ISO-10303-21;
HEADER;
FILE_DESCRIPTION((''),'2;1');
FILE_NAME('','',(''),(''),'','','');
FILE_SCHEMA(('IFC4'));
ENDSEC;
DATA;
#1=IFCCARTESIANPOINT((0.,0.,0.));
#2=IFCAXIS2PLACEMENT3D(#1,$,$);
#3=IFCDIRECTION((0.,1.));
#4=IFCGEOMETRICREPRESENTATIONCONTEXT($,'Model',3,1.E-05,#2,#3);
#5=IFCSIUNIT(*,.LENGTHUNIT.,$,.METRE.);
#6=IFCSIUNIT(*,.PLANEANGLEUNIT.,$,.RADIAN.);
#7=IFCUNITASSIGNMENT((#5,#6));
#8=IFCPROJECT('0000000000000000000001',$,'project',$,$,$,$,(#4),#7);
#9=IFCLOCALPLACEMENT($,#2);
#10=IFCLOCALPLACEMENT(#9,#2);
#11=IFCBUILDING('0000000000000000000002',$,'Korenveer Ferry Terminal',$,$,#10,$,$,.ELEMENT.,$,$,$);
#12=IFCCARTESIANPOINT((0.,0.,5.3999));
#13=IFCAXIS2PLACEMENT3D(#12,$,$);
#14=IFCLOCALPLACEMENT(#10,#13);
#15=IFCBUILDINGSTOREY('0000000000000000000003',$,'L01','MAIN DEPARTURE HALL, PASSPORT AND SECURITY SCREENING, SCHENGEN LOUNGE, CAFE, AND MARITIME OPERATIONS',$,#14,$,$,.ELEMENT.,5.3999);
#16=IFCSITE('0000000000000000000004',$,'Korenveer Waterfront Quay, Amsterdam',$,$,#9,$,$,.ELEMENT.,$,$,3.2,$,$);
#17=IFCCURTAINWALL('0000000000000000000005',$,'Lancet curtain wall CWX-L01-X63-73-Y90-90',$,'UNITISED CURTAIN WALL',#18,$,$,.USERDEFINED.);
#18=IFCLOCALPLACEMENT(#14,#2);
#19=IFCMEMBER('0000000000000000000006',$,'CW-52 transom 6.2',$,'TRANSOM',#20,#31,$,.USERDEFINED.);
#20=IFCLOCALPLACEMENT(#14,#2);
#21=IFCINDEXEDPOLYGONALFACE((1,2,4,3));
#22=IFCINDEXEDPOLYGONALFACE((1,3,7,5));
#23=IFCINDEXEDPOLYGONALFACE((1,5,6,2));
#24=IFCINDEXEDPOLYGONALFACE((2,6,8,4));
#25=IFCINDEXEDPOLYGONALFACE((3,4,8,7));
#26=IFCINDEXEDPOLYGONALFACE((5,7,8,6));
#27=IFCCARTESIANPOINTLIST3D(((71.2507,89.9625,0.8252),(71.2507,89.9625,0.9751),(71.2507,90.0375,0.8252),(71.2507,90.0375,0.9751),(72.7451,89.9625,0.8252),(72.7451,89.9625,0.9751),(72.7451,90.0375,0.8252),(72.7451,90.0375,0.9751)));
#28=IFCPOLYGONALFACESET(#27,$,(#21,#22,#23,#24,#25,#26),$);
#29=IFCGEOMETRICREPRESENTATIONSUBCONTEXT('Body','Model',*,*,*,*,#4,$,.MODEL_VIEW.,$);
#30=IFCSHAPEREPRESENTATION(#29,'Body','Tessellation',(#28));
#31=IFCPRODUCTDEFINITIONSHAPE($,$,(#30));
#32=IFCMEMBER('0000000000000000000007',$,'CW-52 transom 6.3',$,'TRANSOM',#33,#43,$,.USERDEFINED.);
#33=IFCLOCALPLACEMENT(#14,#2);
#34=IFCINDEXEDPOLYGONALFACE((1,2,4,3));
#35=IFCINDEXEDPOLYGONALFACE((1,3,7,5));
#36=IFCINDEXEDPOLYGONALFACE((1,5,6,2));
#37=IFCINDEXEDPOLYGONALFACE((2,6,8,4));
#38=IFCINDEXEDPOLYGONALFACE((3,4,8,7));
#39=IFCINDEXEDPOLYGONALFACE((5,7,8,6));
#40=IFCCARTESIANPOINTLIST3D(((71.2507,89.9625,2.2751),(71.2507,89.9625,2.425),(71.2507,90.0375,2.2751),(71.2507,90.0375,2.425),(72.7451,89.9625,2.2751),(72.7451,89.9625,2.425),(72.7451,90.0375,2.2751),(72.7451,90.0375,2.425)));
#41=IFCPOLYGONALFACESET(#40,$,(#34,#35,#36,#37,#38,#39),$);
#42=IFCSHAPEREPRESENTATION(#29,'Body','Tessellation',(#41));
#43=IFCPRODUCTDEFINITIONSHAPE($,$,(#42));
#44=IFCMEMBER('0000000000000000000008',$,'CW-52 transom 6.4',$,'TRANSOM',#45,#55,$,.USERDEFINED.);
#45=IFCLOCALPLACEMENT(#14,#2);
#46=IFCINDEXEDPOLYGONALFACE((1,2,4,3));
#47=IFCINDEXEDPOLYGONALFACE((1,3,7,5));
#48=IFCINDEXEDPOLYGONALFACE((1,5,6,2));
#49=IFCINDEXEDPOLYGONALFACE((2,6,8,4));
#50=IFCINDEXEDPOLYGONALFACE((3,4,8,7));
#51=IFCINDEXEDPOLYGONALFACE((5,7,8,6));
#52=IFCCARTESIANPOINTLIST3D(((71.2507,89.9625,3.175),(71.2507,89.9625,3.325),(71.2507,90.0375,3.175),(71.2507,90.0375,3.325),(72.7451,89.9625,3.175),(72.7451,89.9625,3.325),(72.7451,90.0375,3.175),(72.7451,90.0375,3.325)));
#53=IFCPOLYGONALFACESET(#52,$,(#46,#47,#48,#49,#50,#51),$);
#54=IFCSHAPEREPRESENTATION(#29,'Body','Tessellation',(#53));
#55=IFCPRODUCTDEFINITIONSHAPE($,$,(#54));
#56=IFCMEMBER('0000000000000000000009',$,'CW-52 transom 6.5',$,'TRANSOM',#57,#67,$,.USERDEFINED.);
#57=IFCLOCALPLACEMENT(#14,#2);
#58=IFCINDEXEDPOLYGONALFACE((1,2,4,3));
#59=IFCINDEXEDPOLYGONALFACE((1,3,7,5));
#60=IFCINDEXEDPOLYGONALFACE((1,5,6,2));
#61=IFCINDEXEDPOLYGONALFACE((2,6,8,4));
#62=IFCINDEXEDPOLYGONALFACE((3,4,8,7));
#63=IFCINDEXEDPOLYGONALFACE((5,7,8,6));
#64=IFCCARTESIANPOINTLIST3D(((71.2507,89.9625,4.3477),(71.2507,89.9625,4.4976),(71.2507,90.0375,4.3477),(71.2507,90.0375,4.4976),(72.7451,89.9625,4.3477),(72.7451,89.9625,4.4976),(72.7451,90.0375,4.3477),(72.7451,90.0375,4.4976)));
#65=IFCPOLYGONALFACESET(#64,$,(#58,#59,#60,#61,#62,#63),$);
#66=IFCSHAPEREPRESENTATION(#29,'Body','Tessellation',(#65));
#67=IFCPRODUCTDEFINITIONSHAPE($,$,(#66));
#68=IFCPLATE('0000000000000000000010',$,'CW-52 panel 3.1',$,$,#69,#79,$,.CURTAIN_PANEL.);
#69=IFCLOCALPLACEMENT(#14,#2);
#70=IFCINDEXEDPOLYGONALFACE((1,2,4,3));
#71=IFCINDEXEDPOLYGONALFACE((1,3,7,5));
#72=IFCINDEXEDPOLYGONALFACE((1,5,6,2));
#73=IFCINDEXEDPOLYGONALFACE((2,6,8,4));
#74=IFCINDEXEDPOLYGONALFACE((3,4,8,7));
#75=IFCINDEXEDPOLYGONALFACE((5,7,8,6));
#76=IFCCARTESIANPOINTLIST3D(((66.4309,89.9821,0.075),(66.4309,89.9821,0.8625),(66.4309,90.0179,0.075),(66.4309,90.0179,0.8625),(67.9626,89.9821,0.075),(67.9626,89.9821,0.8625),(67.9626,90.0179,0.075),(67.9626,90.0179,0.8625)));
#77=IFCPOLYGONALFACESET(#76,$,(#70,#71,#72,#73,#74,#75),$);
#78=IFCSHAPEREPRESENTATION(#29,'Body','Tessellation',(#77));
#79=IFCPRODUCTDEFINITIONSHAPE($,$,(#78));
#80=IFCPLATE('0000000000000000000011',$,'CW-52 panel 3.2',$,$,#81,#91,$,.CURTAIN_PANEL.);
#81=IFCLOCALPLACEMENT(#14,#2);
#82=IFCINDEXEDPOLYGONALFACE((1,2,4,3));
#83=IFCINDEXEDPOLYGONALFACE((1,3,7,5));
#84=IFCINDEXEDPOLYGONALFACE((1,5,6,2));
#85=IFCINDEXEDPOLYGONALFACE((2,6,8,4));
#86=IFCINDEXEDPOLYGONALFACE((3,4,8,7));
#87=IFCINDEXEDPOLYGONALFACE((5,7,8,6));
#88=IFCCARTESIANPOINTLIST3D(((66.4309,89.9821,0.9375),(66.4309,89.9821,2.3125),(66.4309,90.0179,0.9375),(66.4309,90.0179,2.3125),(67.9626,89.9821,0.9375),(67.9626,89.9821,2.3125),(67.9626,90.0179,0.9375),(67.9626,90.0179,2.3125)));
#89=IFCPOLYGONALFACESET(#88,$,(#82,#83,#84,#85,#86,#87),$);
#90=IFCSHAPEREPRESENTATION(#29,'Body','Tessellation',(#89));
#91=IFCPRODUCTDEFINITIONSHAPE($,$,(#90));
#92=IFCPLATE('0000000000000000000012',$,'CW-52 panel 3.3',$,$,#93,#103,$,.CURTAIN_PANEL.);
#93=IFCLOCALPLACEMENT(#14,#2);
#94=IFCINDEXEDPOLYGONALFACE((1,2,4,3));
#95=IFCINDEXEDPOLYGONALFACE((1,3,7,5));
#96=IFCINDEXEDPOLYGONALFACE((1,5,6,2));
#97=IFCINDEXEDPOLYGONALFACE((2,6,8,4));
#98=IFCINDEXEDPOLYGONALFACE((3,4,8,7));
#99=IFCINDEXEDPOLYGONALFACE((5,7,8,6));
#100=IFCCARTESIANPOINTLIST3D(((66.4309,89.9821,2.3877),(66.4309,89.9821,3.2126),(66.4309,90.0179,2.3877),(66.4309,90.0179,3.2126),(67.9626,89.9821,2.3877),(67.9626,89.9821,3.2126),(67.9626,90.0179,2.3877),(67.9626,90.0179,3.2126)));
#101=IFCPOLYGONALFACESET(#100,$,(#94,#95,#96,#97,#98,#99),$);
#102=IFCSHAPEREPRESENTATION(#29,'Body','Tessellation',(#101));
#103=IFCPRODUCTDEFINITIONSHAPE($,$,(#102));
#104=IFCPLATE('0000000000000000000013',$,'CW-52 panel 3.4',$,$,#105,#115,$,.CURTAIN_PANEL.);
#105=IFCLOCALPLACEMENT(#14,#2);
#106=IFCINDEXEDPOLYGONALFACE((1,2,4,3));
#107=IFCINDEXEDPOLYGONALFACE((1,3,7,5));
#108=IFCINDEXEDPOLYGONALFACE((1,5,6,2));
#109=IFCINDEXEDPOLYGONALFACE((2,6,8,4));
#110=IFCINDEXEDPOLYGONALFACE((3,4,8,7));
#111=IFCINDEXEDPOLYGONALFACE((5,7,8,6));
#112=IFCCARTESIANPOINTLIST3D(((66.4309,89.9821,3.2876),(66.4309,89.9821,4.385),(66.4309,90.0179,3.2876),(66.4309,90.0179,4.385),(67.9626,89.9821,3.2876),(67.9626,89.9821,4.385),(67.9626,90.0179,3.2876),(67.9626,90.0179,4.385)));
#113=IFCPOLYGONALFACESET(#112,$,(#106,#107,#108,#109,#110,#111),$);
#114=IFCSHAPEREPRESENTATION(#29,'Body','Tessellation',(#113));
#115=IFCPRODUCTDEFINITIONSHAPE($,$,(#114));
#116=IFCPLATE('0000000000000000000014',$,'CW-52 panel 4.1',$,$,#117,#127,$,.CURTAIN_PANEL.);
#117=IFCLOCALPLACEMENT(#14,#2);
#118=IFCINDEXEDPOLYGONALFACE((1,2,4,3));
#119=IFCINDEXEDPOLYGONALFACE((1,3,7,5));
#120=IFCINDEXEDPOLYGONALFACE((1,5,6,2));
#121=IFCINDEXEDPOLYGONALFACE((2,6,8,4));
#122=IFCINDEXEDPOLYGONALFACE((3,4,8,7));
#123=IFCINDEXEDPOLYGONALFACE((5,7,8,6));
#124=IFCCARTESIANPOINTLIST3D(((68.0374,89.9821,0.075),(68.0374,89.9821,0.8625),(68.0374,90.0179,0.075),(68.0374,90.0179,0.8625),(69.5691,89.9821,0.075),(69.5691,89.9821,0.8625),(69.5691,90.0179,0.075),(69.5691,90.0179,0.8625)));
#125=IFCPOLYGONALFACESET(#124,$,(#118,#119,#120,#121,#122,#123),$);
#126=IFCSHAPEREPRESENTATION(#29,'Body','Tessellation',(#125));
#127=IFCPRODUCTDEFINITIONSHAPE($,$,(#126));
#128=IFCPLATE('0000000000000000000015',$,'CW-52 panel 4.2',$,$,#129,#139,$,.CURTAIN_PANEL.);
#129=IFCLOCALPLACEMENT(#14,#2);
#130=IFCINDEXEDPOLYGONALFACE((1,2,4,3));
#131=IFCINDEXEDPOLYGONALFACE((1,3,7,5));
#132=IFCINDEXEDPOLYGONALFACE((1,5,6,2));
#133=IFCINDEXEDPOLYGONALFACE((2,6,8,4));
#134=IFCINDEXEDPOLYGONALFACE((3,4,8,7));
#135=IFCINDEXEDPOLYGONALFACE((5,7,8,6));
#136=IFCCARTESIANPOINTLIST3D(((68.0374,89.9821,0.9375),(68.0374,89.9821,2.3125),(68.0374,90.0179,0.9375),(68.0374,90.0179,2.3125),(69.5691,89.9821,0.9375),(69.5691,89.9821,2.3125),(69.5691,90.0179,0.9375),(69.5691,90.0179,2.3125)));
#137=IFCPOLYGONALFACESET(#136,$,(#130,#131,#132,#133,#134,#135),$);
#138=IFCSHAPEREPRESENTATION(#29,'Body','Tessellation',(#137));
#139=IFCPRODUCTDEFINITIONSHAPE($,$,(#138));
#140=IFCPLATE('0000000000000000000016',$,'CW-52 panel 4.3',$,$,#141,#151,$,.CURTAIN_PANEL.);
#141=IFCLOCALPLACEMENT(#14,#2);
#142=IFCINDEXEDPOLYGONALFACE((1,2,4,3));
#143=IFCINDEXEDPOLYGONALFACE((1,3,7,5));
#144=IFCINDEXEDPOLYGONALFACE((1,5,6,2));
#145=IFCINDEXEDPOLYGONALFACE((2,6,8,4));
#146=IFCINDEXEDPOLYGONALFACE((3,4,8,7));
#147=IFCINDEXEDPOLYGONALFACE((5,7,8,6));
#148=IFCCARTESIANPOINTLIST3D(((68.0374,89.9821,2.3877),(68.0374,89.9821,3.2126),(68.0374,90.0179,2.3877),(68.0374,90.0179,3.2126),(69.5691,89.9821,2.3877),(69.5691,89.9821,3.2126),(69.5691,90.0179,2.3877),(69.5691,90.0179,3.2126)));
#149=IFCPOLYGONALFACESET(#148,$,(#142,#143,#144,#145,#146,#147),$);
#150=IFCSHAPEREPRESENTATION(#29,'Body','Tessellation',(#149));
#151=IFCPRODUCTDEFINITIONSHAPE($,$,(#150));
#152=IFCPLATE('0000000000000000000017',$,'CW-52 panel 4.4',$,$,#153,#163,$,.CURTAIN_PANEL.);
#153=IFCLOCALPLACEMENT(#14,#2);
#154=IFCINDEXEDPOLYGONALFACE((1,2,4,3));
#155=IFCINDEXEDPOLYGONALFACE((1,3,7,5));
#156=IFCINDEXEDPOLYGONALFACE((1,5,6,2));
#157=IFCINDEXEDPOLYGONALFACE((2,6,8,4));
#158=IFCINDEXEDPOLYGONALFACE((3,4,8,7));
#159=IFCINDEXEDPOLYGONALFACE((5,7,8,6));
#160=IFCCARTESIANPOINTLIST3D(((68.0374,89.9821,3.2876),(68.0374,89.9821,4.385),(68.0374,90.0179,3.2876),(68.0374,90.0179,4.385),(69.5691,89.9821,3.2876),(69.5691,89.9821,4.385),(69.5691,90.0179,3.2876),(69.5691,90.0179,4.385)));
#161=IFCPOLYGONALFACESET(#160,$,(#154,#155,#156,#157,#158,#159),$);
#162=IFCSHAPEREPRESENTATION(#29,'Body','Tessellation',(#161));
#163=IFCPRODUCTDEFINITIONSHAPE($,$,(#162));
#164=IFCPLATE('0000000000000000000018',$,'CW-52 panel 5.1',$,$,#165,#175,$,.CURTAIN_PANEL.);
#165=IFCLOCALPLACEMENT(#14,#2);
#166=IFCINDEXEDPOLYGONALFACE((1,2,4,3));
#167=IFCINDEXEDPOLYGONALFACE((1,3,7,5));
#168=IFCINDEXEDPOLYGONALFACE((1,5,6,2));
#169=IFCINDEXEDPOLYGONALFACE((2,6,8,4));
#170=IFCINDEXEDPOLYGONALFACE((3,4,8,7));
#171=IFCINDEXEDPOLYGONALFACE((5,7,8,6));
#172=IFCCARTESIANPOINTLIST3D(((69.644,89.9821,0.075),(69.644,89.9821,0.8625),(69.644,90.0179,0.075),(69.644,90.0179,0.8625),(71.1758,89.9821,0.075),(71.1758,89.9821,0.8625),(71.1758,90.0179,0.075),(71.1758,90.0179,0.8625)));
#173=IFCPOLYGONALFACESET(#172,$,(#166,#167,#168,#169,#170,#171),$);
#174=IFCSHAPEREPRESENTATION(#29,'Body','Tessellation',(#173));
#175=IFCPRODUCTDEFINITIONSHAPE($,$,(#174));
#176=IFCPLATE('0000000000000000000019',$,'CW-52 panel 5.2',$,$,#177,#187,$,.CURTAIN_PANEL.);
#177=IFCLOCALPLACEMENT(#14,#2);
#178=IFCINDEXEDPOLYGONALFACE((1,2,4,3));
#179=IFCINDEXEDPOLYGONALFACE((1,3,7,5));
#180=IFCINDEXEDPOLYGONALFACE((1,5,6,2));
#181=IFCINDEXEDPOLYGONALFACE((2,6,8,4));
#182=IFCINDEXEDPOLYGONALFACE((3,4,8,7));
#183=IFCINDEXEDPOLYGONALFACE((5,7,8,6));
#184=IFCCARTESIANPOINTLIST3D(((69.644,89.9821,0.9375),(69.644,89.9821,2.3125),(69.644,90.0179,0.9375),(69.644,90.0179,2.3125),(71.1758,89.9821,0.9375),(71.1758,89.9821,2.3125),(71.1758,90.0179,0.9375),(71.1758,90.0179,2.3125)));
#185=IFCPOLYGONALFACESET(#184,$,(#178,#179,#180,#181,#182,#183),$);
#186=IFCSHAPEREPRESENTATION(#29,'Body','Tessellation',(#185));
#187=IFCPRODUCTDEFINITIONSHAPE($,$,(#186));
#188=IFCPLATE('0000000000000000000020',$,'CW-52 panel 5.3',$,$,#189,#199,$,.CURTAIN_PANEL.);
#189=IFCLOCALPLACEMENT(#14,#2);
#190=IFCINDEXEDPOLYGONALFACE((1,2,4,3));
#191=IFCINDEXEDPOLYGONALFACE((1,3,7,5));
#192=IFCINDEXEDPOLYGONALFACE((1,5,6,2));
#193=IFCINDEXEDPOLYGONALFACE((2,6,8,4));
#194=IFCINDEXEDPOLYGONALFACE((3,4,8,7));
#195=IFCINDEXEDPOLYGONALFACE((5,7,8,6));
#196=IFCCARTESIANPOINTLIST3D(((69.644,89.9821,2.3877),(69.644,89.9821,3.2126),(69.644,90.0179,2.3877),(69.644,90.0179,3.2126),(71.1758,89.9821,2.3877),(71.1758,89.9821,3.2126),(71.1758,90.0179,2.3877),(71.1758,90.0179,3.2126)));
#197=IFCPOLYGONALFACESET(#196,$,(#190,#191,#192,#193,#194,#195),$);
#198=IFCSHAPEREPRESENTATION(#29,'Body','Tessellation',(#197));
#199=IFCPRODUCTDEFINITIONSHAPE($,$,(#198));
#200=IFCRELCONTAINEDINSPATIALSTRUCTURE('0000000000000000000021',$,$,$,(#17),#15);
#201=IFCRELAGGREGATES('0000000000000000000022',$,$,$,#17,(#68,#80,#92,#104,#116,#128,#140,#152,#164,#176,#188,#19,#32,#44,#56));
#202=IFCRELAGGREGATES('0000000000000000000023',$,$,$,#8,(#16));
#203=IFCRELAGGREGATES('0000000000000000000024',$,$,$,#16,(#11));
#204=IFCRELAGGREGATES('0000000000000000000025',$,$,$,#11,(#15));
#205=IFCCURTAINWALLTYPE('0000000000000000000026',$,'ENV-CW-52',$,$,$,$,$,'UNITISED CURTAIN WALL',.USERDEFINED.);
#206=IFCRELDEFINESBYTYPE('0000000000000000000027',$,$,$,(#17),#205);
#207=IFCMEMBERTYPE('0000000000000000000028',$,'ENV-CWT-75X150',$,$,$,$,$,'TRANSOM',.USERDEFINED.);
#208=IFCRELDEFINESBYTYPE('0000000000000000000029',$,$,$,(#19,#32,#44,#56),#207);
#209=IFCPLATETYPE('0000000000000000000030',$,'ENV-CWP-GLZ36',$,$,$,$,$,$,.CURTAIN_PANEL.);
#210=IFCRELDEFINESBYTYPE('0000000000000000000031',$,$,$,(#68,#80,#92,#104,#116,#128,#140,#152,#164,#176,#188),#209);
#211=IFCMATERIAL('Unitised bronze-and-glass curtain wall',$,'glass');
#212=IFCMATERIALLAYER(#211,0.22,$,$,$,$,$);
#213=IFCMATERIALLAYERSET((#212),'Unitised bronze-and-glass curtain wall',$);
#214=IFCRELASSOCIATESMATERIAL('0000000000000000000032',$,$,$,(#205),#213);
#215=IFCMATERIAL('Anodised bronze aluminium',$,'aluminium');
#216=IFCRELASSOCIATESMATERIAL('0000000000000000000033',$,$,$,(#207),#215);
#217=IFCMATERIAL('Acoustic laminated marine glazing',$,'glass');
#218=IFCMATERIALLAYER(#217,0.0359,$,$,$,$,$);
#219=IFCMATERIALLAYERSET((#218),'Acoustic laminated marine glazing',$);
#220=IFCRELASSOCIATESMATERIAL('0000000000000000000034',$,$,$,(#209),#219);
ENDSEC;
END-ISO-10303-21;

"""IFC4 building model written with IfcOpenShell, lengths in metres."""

from ifc_helpers import new_model, si_unit, direction, frame, origin, origin_2d, place, context, subcontext, project, spatial, rectangle, extrude, material, layer, layer_set, material_profile, profile_set, type_object, element, aggregate, save


model = new_model("IFC4")

# Units and contexts
model_context = context("Model", 3, precision=1e-05, world=origin(), true_north=direction((0.0, 1.0)))
body_context = subcontext(model_context, "Body", "Model", "MODEL_VIEW")
ifc_project = project(units=[si_unit("LENGTHUNIT", "METRE"), si_unit("PLANEANGLEUNIT", "RADIAN")], contexts=[model_context])

# Site, building, storey
site_placement = place(None, origin())
site = spatial("IfcSite", under=ifc_project, at=site_placement, Name="Korenveer Waterfront Quay, Amsterdam", CompositionType="ELEMENT", RefElevation=3.2)
building_placement = place(site_placement, origin())
building = spatial("IfcBuilding", under=site, at=building_placement, Name="Korenveer Ferry Terminal", CompositionType="ELEMENT")
storey_placement = place(building_placement, frame((0.0, 0.0, 5.3999)))
storey = spatial("IfcBuildingStorey", under=building, at=storey_placement, Name="L01", Description="MAIN DEPARTURE HALL, PASSPORT AND SECURITY SCREENING, SCHENGEN LOUNGE, CAFE, AND MARITIME OPERATIONS", CompositionType="ELEMENT", Elevation=5.3999)

# Curtain wall, members, plates
ifc_material_1 = material(Name="Unitised bronze-and-glass curtain wall", Category="glass")
ifc_layer_1 = layer(ifc_material_1, 0.22)
ifc_layer_set_1 = layer_set([ifc_layer_1], Name="Unitised bronze-and-glass curtain wall")
curtain_wall_type = type_object("IfcCurtainWallType", Name="ENV-CW-52", ElementType="UNITISED CURTAIN WALL", PredefinedType="USERDEFINED", material=ifc_layer_set_1)
curtain_wall_placement = place(storey_placement, frame((63.1799, 90.0, 0.0)))
curtain_wall = element("IfcCurtainWall", 1, at=curtain_wall_placement, inside=storey, type_object=curtain_wall_type, Name="Lancet curtain wall CWX-L01-X63-73-Y90-90", ObjectType="UNITISED CURTAIN WALL", PredefinedType="USERDEFINED")
ifc_material_2 = material(Name="Anodised bronze aluminium", Category="aluminium")
ifc_material_profile_1 = material_profile(ifc_material_2, rectangle(XDim=0.075, YDim=0.1499, at=origin_2d()), Name="ALU 75x150")
ifc_profile_set_1 = profile_set([ifc_material_profile_1], Name="Anodised bronze aluminium")
member_type_1 = type_object("IfcMemberType", Name="ENV-CWT-75X150", ElementType="TRANSOM", PredefinedType="USERDEFINED", material=ifc_profile_set_1)
member_1_placement = place(storey_placement, frame((71.2507, 90.0, 0.9001), z_axis=(1.0, 0.0, 0.0), x_axis=(0.0, 1.0, 0.0)))
member_1 = element("IfcMember", 2, at=member_1_placement, type_object=member_type_1, Name="CW-52 transom 6.2", ObjectType="TRANSOM", PredefinedType="USERDEFINED", context=body_context, shape_type="SweptSolid", body=[
    extrude(rectangle(XDim=0.075, YDim=0.1499, at=origin_2d()), origin(), (0.0, 0.0, 1.0), 1.4944),
])
member_2_placement = place(storey_placement, frame((71.2507, 90.0, 2.3501), z_axis=(1.0, 0.0, 0.0), x_axis=(0.0, 1.0, 0.0)))
member_2 = element("IfcMember", 3, at=member_2_placement, type_object=member_type_1, Name="CW-52 transom 6.3", ObjectType="TRANSOM", PredefinedType="USERDEFINED", context=body_context, shape_type="SweptSolid", body=[
    extrude(rectangle(XDim=0.075, YDim=0.1499, at=origin_2d()), origin(), (0.0, 0.0, 1.0), 1.4944),
])
member_3_placement = place(storey_placement, frame((71.2507, 90.0, 3.25), z_axis=(1.0, 0.0, 0.0), x_axis=(0.0, 1.0, 0.0)))
member_3 = element("IfcMember", 4, at=member_3_placement, type_object=member_type_1, Name="CW-52 transom 6.4", ObjectType="TRANSOM", PredefinedType="USERDEFINED", context=body_context, shape_type="SweptSolid", body=[
    extrude(rectangle(XDim=0.075, YDim=0.1499, at=origin_2d()), origin(), (0.0, 0.0, 1.0), 1.4944),
])
member_4_placement = place(storey_placement, frame((71.2507, 90.0, 4.4226), z_axis=(1.0, 0.0, 0.0), x_axis=(0.0, 1.0, 0.0)))
member_4 = element("IfcMember", 5, at=member_4_placement, type_object=member_type_1, Name="CW-52 transom 6.5", ObjectType="TRANSOM", PredefinedType="USERDEFINED", context=body_context, shape_type="SweptSolid", body=[
    extrude(rectangle(XDim=0.075, YDim=0.1499, at=origin_2d()), origin(), (0.0, 0.0, 1.0), 1.4944),
])
ifc_material_3 = material(Name="Acoustic laminated marine glazing", Category="glass")
ifc_layer_2 = layer(ifc_material_3, 0.0359)
ifc_layer_set_2 = layer_set([ifc_layer_2], Name="Acoustic laminated marine glazing")
plate_type = type_object("IfcPlateType", Name="ENV-CWP-GLZ36", PredefinedType="CURTAIN_PANEL", material=ifc_layer_set_2)
plate_1_placement = place(storey_placement, frame((67.1968, 90.0, 0.075), z_axis=(0.0, 0.0, 1.0), x_axis=(1.0, 0.0, 0.0)))
plate_1 = element("IfcPlate", 6, at=plate_1_placement, type_object=plate_type, Name="CW-52 panel 3.1", PredefinedType="CURTAIN_PANEL", context=body_context, shape_type="SweptSolid", body=[
    extrude(rectangle(XDim=1.5317, YDim=0.0359, at=origin_2d()), origin(), (0.0, 0.0, 1.0), 0.7876),
])
plate_2_placement = place(storey_placement, frame((67.1968, 90.0, 0.9375), z_axis=(0.0, 0.0, 1.0), x_axis=(1.0, 0.0, 0.0)))
plate_2 = element("IfcPlate", 7, at=plate_2_placement, type_object=plate_type, Name="CW-52 panel 3.2", PredefinedType="CURTAIN_PANEL", context=body_context, shape_type="SweptSolid", body=[
    extrude(rectangle(XDim=1.5317, YDim=0.0359, at=origin_2d()), origin(), (0.0, 0.0, 1.0), 1.375),
])
plate_3_placement = place(storey_placement, frame((67.1968, 90.0, 2.3877), z_axis=(0.0, 0.0, 1.0), x_axis=(1.0, 0.0, 0.0)))
plate_3 = element("IfcPlate", 8, at=plate_3_placement, type_object=plate_type, Name="CW-52 panel 3.3", PredefinedType="CURTAIN_PANEL", context=body_context, shape_type="SweptSolid", body=[
    extrude(rectangle(XDim=1.5317, YDim=0.0359, at=origin_2d()), origin(), (0.0, 0.0, 1.0), 0.825),
])
plate_4_placement = place(storey_placement, frame((67.1968, 90.0, 3.2876), z_axis=(0.0, 0.0, 1.0), x_axis=(1.0, 0.0, 0.0)))
plate_4 = element("IfcPlate", 9, at=plate_4_placement, type_object=plate_type, Name="CW-52 panel 3.4", PredefinedType="CURTAIN_PANEL", context=body_context, shape_type="SweptSolid", body=[
    extrude(rectangle(XDim=1.5317, YDim=0.0359, at=origin_2d()), origin(), (0.0, 0.0, 1.0), 1.0974),
])
plate_5_placement = place(storey_placement, frame((68.8032, 90.0, 0.075), z_axis=(0.0, 0.0, 1.0), x_axis=(1.0, 0.0, 0.0)))
plate_5 = element("IfcPlate", 10, at=plate_5_placement, type_object=plate_type, Name="CW-52 panel 4.1", PredefinedType="CURTAIN_PANEL", context=body_context, shape_type="SweptSolid", body=[
    extrude(rectangle(XDim=1.5317, YDim=0.0359, at=origin_2d()), origin(), (0.0, 0.0, 1.0), 0.7876),
])
plate_6_placement = place(storey_placement, frame((68.8032, 90.0, 0.9375), z_axis=(0.0, 0.0, 1.0), x_axis=(1.0, 0.0, 0.0)))
plate_6 = element("IfcPlate", 11, at=plate_6_placement, type_object=plate_type, Name="CW-52 panel 4.2", PredefinedType="CURTAIN_PANEL", context=body_context, shape_type="SweptSolid", body=[
    extrude(rectangle(XDim=1.5317, YDim=0.0359, at=origin_2d()), origin(), (0.0, 0.0, 1.0), 1.375),
])
plate_7_placement = place(storey_placement, frame((68.8032, 90.0, 2.3877), z_axis=(0.0, 0.0, 1.0), x_axis=(1.0, 0.0, 0.0)))
plate_7 = element("IfcPlate", 12, at=plate_7_placement, type_object=plate_type, Name="CW-52 panel 4.3", PredefinedType="CURTAIN_PANEL", context=body_context, shape_type="SweptSolid", body=[
    extrude(rectangle(XDim=1.5317, YDim=0.0359, at=origin_2d()), origin(), (0.0, 0.0, 1.0), 0.825),
])
plate_8_placement = place(storey_placement, frame((68.8032, 90.0, 3.2876), z_axis=(0.0, 0.0, 1.0), x_axis=(1.0, 0.0, 0.0)))
plate_8 = element("IfcPlate", 13, at=plate_8_placement, type_object=plate_type, Name="CW-52 panel 4.4", PredefinedType="CURTAIN_PANEL", context=body_context, shape_type="SweptSolid", body=[
    extrude(rectangle(XDim=1.5317, YDim=0.0359, at=origin_2d()), origin(), (0.0, 0.0, 1.0), 1.0974),
])
plate_9_placement = place(storey_placement, frame((70.4099, 90.0, 0.075), z_axis=(0.0, 0.0, 1.0), x_axis=(1.0, 0.0, 0.0)))
plate_9 = element("IfcPlate", 14, at=plate_9_placement, type_object=plate_type, Name="CW-52 panel 5.1", PredefinedType="CURTAIN_PANEL", context=body_context, shape_type="SweptSolid", body=[
    extrude(rectangle(XDim=1.5317, YDim=0.0359, at=origin_2d()), origin(), (0.0, 0.0, 1.0), 0.7876),
])
plate_10_placement = place(storey_placement, frame((70.4099, 90.0, 0.9375), z_axis=(0.0, 0.0, 1.0), x_axis=(1.0, 0.0, 0.0)))
plate_10 = element("IfcPlate", 15, at=plate_10_placement, type_object=plate_type, Name="CW-52 panel 5.2", PredefinedType="CURTAIN_PANEL", context=body_context, shape_type="SweptSolid", body=[
    extrude(rectangle(XDim=1.5317, YDim=0.0359, at=origin_2d()), origin(), (0.0, 0.0, 1.0), 1.375),
])
plate_11_placement = place(storey_placement, frame((70.4099, 90.0, 2.3877), z_axis=(0.0, 0.0, 1.0), x_axis=(1.0, 0.0, 0.0)))
plate_11 = element("IfcPlate", 16, at=plate_11_placement, type_object=plate_type, Name="CW-52 panel 5.3", PredefinedType="CURTAIN_PANEL", context=body_context, shape_type="SweptSolid", body=[
    extrude(rectangle(XDim=1.5317, YDim=0.0359, at=origin_2d()), origin(), (0.0, 0.0, 1.0), 0.825),
])
aggregate(curtain_wall, [plate_1, plate_2, plate_3, plate_4, plate_5, plate_6, plate_7, plate_8, plate_9, plate_10, plate_11, member_1, member_2, member_3, member_4])

save(model, "model.ifc")
